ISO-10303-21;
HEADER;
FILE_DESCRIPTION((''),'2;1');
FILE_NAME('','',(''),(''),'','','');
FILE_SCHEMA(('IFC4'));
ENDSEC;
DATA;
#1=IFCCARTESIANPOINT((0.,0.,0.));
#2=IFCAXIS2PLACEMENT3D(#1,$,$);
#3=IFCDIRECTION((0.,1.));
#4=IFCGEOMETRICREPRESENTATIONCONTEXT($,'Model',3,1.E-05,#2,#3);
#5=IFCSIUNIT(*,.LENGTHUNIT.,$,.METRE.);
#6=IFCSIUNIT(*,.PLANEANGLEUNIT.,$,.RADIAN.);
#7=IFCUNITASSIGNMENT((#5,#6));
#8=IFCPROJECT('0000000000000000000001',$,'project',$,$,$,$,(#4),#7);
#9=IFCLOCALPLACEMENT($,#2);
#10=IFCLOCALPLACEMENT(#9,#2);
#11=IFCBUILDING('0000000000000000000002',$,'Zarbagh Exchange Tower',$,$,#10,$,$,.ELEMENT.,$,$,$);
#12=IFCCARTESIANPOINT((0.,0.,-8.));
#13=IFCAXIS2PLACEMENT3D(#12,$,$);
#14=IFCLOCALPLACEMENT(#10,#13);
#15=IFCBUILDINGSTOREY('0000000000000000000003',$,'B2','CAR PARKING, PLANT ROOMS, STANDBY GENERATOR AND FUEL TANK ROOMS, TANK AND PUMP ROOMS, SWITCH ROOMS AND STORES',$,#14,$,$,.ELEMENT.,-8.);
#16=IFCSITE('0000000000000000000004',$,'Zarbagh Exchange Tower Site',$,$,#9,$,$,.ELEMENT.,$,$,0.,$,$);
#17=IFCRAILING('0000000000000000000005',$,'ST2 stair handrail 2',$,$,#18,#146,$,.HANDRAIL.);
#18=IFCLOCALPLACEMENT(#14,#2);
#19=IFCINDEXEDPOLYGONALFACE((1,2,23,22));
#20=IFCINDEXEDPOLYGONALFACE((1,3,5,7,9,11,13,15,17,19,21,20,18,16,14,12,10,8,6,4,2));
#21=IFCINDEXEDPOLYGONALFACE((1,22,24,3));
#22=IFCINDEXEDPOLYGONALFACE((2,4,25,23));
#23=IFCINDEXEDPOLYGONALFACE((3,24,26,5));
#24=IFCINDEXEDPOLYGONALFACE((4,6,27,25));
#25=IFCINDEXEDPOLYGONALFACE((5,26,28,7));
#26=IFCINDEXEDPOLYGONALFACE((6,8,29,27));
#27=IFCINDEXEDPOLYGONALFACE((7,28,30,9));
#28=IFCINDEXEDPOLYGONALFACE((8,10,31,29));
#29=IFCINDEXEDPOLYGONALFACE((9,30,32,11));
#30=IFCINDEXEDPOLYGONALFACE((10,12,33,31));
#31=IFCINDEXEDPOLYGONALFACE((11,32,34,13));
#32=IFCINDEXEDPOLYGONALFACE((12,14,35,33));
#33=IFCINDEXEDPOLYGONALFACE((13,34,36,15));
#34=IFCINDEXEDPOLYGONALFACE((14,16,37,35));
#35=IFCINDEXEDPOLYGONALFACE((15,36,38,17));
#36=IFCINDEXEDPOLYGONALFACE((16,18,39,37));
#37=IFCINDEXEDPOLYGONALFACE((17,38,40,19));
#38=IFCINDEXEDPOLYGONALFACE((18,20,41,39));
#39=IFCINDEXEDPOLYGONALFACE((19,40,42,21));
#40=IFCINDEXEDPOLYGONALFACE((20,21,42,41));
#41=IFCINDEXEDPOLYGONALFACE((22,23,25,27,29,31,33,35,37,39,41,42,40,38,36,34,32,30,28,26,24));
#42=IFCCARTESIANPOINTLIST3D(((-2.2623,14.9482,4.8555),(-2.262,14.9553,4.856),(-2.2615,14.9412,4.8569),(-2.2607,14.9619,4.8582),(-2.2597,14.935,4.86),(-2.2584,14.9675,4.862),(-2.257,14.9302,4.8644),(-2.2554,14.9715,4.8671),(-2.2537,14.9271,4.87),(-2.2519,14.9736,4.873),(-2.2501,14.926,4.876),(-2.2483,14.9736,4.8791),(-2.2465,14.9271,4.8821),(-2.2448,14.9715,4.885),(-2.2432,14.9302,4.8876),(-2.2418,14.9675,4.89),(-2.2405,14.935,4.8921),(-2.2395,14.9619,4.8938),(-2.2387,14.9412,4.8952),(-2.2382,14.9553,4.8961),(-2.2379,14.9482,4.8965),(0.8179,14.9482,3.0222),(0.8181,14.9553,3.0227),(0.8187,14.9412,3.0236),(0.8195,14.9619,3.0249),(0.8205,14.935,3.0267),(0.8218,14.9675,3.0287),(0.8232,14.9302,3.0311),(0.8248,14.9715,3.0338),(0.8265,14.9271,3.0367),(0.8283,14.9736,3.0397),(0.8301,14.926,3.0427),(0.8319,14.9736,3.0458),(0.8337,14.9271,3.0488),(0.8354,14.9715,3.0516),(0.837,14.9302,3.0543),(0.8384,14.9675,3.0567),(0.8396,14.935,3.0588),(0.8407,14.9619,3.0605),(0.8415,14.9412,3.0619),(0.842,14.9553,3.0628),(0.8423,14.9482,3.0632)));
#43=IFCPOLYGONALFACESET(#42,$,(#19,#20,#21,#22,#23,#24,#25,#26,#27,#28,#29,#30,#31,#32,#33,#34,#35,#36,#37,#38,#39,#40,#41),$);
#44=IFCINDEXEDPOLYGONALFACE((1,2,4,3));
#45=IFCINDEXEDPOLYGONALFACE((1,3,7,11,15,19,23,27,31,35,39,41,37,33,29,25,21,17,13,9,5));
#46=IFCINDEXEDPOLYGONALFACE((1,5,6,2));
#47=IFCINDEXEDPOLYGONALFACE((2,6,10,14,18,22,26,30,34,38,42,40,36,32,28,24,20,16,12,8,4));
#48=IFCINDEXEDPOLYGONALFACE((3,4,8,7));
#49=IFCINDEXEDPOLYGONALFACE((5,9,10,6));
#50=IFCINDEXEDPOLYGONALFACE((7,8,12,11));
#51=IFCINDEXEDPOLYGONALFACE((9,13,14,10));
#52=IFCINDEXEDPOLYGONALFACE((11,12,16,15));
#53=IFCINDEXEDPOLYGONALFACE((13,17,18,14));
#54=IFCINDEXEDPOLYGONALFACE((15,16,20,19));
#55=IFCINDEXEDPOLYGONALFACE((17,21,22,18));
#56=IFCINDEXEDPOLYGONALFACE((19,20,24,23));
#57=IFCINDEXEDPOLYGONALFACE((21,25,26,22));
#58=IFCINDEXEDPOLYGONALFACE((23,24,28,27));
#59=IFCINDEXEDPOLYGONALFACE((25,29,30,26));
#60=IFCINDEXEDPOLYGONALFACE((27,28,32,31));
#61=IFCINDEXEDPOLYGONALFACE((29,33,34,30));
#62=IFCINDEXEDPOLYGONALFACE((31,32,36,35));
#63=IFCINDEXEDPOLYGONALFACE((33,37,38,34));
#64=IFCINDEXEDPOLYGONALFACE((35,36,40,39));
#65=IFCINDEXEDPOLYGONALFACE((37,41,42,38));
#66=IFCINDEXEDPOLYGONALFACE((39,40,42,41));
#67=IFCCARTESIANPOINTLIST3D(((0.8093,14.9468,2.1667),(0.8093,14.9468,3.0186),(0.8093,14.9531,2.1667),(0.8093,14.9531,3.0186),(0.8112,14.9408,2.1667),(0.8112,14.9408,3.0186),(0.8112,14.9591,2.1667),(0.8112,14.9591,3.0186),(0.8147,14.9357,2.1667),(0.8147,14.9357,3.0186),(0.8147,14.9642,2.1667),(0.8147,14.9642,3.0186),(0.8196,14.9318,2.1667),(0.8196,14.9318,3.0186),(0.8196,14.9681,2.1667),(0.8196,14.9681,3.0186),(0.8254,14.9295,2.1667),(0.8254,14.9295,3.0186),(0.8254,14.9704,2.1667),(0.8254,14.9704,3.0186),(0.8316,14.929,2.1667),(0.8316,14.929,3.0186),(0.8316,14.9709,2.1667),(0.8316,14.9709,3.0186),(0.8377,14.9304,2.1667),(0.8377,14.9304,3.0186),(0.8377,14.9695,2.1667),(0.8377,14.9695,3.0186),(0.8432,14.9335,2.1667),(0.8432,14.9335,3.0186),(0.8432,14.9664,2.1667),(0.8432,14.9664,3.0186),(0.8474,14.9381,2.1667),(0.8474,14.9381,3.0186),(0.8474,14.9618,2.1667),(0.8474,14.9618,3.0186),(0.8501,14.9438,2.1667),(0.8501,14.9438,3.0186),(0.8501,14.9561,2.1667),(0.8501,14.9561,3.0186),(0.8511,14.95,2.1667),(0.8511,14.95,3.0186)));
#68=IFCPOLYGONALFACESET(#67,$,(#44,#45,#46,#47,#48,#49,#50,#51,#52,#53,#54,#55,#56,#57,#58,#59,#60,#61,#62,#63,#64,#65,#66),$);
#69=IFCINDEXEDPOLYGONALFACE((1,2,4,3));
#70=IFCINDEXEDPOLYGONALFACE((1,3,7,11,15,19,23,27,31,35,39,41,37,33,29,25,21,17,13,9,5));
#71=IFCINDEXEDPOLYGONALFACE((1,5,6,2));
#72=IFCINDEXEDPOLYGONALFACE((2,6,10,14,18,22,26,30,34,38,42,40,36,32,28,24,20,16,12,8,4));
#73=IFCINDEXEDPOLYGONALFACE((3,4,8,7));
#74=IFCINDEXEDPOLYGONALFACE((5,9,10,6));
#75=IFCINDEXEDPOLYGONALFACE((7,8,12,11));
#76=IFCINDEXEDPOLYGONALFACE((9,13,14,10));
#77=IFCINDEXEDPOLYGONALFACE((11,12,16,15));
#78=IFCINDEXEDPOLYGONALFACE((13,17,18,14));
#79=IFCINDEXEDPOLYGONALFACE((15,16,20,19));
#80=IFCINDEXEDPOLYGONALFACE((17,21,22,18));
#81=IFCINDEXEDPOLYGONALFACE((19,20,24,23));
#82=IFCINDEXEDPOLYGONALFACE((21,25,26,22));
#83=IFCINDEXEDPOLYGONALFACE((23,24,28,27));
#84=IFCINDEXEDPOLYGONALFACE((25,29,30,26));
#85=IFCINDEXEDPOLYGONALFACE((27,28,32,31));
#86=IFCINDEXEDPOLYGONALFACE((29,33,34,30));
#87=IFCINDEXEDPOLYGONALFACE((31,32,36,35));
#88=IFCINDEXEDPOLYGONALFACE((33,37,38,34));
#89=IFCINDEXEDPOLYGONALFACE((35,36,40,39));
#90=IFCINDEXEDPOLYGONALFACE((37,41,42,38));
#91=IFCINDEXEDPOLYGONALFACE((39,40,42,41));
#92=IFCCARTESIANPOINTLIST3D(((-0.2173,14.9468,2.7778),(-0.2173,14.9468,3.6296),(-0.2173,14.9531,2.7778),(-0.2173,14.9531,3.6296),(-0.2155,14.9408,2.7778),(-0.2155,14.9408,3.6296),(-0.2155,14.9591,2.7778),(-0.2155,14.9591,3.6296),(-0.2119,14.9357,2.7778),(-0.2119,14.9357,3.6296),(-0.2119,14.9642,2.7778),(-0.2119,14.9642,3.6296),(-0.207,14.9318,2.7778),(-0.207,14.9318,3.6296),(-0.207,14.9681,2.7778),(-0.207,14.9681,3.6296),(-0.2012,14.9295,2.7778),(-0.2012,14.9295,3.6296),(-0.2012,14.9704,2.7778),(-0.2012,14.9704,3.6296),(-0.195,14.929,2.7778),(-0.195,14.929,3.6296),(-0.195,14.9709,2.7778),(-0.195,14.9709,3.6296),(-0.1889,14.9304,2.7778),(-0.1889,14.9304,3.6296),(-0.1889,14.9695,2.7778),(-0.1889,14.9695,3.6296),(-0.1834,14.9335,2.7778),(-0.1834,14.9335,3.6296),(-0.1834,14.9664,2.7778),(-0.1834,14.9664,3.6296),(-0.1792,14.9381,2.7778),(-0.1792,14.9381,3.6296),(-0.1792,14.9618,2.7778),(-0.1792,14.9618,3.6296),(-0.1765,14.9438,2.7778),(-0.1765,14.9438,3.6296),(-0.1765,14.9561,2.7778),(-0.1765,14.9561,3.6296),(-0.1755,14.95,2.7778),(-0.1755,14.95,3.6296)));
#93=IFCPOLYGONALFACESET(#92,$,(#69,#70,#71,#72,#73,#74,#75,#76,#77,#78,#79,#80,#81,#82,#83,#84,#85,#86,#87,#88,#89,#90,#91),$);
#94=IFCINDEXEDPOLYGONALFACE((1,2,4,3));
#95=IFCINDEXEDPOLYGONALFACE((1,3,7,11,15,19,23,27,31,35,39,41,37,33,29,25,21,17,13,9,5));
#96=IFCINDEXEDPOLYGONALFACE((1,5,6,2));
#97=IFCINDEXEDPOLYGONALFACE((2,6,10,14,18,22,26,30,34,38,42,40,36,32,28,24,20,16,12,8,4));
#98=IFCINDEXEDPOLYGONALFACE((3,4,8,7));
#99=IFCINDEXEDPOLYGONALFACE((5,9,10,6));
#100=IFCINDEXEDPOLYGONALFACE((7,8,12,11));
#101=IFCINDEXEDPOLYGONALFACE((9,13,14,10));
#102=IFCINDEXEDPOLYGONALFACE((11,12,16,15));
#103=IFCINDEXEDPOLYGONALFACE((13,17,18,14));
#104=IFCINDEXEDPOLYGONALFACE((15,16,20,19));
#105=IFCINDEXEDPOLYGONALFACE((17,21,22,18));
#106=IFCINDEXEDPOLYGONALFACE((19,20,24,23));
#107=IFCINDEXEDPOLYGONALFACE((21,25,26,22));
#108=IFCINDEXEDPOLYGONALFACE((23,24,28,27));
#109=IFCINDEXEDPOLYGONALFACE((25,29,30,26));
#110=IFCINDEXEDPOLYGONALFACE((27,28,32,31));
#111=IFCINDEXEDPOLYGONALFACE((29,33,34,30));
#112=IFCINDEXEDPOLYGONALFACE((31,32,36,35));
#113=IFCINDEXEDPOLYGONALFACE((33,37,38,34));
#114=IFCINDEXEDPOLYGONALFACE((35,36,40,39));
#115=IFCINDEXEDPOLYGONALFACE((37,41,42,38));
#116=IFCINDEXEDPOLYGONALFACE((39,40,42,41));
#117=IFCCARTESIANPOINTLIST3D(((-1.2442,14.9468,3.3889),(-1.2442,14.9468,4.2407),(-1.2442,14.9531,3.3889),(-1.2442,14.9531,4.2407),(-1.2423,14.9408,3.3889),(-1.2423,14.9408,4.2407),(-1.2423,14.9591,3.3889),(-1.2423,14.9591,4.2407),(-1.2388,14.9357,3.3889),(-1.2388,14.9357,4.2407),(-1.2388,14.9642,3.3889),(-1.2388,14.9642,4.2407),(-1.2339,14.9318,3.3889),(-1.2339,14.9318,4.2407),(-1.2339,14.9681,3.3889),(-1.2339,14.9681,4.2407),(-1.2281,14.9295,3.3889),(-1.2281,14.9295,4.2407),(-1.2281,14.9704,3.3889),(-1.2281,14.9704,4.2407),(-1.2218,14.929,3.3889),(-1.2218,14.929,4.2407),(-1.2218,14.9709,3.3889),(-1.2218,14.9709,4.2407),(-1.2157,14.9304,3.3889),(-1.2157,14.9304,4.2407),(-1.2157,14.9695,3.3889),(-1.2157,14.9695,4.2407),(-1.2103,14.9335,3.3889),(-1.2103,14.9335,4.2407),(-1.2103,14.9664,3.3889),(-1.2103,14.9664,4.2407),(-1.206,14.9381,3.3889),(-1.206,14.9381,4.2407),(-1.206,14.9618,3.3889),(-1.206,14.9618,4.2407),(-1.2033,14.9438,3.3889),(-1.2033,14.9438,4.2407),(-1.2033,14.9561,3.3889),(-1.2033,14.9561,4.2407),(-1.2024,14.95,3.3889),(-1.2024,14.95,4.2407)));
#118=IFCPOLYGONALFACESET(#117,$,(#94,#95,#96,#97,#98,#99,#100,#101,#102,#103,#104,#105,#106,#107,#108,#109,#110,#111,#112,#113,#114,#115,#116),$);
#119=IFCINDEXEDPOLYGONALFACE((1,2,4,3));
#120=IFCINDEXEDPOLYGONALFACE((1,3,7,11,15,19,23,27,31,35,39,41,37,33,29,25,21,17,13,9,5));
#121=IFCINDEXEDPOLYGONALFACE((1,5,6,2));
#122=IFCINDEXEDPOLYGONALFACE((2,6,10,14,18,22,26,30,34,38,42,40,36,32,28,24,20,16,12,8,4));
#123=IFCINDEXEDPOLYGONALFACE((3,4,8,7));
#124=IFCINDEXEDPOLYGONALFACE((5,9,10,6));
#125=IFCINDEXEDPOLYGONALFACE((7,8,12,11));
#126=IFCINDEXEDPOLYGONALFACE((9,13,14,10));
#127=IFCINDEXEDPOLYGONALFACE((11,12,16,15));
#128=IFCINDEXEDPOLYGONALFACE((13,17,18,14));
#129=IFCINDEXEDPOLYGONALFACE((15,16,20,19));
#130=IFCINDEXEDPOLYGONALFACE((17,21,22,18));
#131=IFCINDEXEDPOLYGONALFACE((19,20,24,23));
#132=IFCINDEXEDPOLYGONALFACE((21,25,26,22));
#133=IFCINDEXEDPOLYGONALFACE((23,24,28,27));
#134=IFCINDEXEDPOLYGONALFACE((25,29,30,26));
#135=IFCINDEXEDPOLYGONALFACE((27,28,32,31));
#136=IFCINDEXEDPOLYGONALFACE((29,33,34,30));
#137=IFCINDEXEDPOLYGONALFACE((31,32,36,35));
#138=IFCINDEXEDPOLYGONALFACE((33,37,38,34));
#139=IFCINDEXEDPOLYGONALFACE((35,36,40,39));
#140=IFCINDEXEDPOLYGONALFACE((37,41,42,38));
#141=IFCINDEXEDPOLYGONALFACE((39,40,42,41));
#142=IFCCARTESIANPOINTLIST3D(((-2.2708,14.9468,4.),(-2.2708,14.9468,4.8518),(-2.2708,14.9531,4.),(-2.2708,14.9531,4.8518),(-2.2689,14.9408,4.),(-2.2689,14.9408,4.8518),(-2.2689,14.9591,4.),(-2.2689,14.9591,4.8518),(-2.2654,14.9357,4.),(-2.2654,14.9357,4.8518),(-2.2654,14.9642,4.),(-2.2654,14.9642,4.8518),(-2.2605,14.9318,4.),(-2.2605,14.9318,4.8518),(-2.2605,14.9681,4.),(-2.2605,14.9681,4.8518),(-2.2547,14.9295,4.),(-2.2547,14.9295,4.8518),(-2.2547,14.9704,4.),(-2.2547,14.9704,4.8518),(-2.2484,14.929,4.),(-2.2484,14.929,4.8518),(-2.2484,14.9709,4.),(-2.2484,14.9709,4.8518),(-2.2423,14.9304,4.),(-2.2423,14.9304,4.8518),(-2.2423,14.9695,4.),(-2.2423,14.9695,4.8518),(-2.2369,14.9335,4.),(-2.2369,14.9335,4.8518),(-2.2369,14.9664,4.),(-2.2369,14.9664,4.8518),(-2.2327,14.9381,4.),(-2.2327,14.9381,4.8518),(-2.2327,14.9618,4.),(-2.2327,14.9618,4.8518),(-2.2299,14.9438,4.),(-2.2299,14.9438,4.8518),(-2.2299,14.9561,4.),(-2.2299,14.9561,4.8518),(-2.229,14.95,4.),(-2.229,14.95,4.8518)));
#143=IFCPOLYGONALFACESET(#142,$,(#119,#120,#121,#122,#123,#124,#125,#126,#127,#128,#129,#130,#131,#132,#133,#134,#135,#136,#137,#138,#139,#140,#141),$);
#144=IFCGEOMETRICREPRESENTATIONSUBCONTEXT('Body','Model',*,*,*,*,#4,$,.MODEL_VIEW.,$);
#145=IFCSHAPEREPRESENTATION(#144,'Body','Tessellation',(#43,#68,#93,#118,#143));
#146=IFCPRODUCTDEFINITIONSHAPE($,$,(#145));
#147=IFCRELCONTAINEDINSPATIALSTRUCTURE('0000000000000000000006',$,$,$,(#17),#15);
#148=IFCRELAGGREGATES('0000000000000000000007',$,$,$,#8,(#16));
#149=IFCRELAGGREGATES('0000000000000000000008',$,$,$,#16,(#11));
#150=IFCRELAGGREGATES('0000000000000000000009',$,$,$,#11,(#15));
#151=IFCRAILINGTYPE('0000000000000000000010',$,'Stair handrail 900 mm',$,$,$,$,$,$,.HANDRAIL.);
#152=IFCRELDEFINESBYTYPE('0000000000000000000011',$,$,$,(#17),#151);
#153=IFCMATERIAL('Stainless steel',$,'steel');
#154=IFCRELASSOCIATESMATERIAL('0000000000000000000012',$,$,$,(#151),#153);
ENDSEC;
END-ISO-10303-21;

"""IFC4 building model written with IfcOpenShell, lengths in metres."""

from ifc_helpers import new_model, si_unit, direction, frame, origin, origin_2d, place, context, subcontext, project, spatial, circle, extrude, material, type_object, element, save


model = new_model("IFC4")

# Units and contexts
model_context = context("Model", 3, precision=1e-05, world=origin(), true_north=direction((0.0, 1.0)))
body_context = subcontext(model_context, "Body", "Model", "MODEL_VIEW")
ifc_project = project(units=[si_unit("LENGTHUNIT", "METRE"), si_unit("PLANEANGLEUNIT", "RADIAN")], contexts=[model_context])

# Site, building, storey
site_placement = place(None, origin())
site = spatial("IfcSite", under=ifc_project, at=site_placement, Name="Zarbagh Exchange Tower Site", CompositionType="ELEMENT", RefElevation=0.0)
building_placement = place(site_placement, origin())
building = spatial("IfcBuilding", under=site, at=building_placement, Name="Zarbagh Exchange Tower", CompositionType="ELEMENT")
storey_placement = place(building_placement, frame((0.0, 0.0, -8.0)))
storey = spatial("IfcBuildingStorey", under=building, at=storey_placement, Name="B2", Description="CAR PARKING, PLANT ROOMS, STANDBY GENERATOR AND FUEL TANK ROOMS, TANK AND PUMP ROOMS, SWITCH ROOMS AND STORES", CompositionType="ELEMENT", Elevation=-8.0)

# Railing
ifc_material_1 = material(Name="Stainless steel", Category="steel")
railing_type = type_object("IfcRailingType", Name="Stair handrail 900 mm", PredefinedType="HANDRAIL", material=ifc_material_1)
for number, where, name in (
    (1, (0.8301, 14.95, 2.1667), "ST2 stair handrail 2"),
):
    element("IfcRailing", number, at=place(storey_placement, frame(where)), inside=storey, type_object=railing_type, Name=name, PredefinedType="HANDRAIL", context=body_context, shape_type="SweptSolid", body=[
        extrude(circle(Radius=0.0239, at=origin_2d()), frame((0.0, 0.0, 0.876), z_axis=(-0.859309, 0.0, 0.511458), x_axis=(0.0, -1.0, 0.0)), (0.0, 0.0, 1.0), 3.5845),
        extrude(circle(Radius=0.021, at=origin_2d()), origin(), (0.0, 0.0, 1.0), 0.8518),
        extrude(circle(Radius=0.021, at=origin_2d()), frame((-1.0266, 0.0, 0.6111)), (0.0, 0.0, 1.0), 0.8518),
        extrude(circle(Radius=0.021, at=origin_2d()), frame((-2.0535, 0.0, 1.2222)), (0.0, 0.0, 1.0), 0.8518),
        extrude(circle(Radius=0.021, at=origin_2d()), frame((-3.0801, 0.0, 1.8333)), (0.0, 0.0, 1.0), 0.8518),
    ])

save(model, "model.ifc")
